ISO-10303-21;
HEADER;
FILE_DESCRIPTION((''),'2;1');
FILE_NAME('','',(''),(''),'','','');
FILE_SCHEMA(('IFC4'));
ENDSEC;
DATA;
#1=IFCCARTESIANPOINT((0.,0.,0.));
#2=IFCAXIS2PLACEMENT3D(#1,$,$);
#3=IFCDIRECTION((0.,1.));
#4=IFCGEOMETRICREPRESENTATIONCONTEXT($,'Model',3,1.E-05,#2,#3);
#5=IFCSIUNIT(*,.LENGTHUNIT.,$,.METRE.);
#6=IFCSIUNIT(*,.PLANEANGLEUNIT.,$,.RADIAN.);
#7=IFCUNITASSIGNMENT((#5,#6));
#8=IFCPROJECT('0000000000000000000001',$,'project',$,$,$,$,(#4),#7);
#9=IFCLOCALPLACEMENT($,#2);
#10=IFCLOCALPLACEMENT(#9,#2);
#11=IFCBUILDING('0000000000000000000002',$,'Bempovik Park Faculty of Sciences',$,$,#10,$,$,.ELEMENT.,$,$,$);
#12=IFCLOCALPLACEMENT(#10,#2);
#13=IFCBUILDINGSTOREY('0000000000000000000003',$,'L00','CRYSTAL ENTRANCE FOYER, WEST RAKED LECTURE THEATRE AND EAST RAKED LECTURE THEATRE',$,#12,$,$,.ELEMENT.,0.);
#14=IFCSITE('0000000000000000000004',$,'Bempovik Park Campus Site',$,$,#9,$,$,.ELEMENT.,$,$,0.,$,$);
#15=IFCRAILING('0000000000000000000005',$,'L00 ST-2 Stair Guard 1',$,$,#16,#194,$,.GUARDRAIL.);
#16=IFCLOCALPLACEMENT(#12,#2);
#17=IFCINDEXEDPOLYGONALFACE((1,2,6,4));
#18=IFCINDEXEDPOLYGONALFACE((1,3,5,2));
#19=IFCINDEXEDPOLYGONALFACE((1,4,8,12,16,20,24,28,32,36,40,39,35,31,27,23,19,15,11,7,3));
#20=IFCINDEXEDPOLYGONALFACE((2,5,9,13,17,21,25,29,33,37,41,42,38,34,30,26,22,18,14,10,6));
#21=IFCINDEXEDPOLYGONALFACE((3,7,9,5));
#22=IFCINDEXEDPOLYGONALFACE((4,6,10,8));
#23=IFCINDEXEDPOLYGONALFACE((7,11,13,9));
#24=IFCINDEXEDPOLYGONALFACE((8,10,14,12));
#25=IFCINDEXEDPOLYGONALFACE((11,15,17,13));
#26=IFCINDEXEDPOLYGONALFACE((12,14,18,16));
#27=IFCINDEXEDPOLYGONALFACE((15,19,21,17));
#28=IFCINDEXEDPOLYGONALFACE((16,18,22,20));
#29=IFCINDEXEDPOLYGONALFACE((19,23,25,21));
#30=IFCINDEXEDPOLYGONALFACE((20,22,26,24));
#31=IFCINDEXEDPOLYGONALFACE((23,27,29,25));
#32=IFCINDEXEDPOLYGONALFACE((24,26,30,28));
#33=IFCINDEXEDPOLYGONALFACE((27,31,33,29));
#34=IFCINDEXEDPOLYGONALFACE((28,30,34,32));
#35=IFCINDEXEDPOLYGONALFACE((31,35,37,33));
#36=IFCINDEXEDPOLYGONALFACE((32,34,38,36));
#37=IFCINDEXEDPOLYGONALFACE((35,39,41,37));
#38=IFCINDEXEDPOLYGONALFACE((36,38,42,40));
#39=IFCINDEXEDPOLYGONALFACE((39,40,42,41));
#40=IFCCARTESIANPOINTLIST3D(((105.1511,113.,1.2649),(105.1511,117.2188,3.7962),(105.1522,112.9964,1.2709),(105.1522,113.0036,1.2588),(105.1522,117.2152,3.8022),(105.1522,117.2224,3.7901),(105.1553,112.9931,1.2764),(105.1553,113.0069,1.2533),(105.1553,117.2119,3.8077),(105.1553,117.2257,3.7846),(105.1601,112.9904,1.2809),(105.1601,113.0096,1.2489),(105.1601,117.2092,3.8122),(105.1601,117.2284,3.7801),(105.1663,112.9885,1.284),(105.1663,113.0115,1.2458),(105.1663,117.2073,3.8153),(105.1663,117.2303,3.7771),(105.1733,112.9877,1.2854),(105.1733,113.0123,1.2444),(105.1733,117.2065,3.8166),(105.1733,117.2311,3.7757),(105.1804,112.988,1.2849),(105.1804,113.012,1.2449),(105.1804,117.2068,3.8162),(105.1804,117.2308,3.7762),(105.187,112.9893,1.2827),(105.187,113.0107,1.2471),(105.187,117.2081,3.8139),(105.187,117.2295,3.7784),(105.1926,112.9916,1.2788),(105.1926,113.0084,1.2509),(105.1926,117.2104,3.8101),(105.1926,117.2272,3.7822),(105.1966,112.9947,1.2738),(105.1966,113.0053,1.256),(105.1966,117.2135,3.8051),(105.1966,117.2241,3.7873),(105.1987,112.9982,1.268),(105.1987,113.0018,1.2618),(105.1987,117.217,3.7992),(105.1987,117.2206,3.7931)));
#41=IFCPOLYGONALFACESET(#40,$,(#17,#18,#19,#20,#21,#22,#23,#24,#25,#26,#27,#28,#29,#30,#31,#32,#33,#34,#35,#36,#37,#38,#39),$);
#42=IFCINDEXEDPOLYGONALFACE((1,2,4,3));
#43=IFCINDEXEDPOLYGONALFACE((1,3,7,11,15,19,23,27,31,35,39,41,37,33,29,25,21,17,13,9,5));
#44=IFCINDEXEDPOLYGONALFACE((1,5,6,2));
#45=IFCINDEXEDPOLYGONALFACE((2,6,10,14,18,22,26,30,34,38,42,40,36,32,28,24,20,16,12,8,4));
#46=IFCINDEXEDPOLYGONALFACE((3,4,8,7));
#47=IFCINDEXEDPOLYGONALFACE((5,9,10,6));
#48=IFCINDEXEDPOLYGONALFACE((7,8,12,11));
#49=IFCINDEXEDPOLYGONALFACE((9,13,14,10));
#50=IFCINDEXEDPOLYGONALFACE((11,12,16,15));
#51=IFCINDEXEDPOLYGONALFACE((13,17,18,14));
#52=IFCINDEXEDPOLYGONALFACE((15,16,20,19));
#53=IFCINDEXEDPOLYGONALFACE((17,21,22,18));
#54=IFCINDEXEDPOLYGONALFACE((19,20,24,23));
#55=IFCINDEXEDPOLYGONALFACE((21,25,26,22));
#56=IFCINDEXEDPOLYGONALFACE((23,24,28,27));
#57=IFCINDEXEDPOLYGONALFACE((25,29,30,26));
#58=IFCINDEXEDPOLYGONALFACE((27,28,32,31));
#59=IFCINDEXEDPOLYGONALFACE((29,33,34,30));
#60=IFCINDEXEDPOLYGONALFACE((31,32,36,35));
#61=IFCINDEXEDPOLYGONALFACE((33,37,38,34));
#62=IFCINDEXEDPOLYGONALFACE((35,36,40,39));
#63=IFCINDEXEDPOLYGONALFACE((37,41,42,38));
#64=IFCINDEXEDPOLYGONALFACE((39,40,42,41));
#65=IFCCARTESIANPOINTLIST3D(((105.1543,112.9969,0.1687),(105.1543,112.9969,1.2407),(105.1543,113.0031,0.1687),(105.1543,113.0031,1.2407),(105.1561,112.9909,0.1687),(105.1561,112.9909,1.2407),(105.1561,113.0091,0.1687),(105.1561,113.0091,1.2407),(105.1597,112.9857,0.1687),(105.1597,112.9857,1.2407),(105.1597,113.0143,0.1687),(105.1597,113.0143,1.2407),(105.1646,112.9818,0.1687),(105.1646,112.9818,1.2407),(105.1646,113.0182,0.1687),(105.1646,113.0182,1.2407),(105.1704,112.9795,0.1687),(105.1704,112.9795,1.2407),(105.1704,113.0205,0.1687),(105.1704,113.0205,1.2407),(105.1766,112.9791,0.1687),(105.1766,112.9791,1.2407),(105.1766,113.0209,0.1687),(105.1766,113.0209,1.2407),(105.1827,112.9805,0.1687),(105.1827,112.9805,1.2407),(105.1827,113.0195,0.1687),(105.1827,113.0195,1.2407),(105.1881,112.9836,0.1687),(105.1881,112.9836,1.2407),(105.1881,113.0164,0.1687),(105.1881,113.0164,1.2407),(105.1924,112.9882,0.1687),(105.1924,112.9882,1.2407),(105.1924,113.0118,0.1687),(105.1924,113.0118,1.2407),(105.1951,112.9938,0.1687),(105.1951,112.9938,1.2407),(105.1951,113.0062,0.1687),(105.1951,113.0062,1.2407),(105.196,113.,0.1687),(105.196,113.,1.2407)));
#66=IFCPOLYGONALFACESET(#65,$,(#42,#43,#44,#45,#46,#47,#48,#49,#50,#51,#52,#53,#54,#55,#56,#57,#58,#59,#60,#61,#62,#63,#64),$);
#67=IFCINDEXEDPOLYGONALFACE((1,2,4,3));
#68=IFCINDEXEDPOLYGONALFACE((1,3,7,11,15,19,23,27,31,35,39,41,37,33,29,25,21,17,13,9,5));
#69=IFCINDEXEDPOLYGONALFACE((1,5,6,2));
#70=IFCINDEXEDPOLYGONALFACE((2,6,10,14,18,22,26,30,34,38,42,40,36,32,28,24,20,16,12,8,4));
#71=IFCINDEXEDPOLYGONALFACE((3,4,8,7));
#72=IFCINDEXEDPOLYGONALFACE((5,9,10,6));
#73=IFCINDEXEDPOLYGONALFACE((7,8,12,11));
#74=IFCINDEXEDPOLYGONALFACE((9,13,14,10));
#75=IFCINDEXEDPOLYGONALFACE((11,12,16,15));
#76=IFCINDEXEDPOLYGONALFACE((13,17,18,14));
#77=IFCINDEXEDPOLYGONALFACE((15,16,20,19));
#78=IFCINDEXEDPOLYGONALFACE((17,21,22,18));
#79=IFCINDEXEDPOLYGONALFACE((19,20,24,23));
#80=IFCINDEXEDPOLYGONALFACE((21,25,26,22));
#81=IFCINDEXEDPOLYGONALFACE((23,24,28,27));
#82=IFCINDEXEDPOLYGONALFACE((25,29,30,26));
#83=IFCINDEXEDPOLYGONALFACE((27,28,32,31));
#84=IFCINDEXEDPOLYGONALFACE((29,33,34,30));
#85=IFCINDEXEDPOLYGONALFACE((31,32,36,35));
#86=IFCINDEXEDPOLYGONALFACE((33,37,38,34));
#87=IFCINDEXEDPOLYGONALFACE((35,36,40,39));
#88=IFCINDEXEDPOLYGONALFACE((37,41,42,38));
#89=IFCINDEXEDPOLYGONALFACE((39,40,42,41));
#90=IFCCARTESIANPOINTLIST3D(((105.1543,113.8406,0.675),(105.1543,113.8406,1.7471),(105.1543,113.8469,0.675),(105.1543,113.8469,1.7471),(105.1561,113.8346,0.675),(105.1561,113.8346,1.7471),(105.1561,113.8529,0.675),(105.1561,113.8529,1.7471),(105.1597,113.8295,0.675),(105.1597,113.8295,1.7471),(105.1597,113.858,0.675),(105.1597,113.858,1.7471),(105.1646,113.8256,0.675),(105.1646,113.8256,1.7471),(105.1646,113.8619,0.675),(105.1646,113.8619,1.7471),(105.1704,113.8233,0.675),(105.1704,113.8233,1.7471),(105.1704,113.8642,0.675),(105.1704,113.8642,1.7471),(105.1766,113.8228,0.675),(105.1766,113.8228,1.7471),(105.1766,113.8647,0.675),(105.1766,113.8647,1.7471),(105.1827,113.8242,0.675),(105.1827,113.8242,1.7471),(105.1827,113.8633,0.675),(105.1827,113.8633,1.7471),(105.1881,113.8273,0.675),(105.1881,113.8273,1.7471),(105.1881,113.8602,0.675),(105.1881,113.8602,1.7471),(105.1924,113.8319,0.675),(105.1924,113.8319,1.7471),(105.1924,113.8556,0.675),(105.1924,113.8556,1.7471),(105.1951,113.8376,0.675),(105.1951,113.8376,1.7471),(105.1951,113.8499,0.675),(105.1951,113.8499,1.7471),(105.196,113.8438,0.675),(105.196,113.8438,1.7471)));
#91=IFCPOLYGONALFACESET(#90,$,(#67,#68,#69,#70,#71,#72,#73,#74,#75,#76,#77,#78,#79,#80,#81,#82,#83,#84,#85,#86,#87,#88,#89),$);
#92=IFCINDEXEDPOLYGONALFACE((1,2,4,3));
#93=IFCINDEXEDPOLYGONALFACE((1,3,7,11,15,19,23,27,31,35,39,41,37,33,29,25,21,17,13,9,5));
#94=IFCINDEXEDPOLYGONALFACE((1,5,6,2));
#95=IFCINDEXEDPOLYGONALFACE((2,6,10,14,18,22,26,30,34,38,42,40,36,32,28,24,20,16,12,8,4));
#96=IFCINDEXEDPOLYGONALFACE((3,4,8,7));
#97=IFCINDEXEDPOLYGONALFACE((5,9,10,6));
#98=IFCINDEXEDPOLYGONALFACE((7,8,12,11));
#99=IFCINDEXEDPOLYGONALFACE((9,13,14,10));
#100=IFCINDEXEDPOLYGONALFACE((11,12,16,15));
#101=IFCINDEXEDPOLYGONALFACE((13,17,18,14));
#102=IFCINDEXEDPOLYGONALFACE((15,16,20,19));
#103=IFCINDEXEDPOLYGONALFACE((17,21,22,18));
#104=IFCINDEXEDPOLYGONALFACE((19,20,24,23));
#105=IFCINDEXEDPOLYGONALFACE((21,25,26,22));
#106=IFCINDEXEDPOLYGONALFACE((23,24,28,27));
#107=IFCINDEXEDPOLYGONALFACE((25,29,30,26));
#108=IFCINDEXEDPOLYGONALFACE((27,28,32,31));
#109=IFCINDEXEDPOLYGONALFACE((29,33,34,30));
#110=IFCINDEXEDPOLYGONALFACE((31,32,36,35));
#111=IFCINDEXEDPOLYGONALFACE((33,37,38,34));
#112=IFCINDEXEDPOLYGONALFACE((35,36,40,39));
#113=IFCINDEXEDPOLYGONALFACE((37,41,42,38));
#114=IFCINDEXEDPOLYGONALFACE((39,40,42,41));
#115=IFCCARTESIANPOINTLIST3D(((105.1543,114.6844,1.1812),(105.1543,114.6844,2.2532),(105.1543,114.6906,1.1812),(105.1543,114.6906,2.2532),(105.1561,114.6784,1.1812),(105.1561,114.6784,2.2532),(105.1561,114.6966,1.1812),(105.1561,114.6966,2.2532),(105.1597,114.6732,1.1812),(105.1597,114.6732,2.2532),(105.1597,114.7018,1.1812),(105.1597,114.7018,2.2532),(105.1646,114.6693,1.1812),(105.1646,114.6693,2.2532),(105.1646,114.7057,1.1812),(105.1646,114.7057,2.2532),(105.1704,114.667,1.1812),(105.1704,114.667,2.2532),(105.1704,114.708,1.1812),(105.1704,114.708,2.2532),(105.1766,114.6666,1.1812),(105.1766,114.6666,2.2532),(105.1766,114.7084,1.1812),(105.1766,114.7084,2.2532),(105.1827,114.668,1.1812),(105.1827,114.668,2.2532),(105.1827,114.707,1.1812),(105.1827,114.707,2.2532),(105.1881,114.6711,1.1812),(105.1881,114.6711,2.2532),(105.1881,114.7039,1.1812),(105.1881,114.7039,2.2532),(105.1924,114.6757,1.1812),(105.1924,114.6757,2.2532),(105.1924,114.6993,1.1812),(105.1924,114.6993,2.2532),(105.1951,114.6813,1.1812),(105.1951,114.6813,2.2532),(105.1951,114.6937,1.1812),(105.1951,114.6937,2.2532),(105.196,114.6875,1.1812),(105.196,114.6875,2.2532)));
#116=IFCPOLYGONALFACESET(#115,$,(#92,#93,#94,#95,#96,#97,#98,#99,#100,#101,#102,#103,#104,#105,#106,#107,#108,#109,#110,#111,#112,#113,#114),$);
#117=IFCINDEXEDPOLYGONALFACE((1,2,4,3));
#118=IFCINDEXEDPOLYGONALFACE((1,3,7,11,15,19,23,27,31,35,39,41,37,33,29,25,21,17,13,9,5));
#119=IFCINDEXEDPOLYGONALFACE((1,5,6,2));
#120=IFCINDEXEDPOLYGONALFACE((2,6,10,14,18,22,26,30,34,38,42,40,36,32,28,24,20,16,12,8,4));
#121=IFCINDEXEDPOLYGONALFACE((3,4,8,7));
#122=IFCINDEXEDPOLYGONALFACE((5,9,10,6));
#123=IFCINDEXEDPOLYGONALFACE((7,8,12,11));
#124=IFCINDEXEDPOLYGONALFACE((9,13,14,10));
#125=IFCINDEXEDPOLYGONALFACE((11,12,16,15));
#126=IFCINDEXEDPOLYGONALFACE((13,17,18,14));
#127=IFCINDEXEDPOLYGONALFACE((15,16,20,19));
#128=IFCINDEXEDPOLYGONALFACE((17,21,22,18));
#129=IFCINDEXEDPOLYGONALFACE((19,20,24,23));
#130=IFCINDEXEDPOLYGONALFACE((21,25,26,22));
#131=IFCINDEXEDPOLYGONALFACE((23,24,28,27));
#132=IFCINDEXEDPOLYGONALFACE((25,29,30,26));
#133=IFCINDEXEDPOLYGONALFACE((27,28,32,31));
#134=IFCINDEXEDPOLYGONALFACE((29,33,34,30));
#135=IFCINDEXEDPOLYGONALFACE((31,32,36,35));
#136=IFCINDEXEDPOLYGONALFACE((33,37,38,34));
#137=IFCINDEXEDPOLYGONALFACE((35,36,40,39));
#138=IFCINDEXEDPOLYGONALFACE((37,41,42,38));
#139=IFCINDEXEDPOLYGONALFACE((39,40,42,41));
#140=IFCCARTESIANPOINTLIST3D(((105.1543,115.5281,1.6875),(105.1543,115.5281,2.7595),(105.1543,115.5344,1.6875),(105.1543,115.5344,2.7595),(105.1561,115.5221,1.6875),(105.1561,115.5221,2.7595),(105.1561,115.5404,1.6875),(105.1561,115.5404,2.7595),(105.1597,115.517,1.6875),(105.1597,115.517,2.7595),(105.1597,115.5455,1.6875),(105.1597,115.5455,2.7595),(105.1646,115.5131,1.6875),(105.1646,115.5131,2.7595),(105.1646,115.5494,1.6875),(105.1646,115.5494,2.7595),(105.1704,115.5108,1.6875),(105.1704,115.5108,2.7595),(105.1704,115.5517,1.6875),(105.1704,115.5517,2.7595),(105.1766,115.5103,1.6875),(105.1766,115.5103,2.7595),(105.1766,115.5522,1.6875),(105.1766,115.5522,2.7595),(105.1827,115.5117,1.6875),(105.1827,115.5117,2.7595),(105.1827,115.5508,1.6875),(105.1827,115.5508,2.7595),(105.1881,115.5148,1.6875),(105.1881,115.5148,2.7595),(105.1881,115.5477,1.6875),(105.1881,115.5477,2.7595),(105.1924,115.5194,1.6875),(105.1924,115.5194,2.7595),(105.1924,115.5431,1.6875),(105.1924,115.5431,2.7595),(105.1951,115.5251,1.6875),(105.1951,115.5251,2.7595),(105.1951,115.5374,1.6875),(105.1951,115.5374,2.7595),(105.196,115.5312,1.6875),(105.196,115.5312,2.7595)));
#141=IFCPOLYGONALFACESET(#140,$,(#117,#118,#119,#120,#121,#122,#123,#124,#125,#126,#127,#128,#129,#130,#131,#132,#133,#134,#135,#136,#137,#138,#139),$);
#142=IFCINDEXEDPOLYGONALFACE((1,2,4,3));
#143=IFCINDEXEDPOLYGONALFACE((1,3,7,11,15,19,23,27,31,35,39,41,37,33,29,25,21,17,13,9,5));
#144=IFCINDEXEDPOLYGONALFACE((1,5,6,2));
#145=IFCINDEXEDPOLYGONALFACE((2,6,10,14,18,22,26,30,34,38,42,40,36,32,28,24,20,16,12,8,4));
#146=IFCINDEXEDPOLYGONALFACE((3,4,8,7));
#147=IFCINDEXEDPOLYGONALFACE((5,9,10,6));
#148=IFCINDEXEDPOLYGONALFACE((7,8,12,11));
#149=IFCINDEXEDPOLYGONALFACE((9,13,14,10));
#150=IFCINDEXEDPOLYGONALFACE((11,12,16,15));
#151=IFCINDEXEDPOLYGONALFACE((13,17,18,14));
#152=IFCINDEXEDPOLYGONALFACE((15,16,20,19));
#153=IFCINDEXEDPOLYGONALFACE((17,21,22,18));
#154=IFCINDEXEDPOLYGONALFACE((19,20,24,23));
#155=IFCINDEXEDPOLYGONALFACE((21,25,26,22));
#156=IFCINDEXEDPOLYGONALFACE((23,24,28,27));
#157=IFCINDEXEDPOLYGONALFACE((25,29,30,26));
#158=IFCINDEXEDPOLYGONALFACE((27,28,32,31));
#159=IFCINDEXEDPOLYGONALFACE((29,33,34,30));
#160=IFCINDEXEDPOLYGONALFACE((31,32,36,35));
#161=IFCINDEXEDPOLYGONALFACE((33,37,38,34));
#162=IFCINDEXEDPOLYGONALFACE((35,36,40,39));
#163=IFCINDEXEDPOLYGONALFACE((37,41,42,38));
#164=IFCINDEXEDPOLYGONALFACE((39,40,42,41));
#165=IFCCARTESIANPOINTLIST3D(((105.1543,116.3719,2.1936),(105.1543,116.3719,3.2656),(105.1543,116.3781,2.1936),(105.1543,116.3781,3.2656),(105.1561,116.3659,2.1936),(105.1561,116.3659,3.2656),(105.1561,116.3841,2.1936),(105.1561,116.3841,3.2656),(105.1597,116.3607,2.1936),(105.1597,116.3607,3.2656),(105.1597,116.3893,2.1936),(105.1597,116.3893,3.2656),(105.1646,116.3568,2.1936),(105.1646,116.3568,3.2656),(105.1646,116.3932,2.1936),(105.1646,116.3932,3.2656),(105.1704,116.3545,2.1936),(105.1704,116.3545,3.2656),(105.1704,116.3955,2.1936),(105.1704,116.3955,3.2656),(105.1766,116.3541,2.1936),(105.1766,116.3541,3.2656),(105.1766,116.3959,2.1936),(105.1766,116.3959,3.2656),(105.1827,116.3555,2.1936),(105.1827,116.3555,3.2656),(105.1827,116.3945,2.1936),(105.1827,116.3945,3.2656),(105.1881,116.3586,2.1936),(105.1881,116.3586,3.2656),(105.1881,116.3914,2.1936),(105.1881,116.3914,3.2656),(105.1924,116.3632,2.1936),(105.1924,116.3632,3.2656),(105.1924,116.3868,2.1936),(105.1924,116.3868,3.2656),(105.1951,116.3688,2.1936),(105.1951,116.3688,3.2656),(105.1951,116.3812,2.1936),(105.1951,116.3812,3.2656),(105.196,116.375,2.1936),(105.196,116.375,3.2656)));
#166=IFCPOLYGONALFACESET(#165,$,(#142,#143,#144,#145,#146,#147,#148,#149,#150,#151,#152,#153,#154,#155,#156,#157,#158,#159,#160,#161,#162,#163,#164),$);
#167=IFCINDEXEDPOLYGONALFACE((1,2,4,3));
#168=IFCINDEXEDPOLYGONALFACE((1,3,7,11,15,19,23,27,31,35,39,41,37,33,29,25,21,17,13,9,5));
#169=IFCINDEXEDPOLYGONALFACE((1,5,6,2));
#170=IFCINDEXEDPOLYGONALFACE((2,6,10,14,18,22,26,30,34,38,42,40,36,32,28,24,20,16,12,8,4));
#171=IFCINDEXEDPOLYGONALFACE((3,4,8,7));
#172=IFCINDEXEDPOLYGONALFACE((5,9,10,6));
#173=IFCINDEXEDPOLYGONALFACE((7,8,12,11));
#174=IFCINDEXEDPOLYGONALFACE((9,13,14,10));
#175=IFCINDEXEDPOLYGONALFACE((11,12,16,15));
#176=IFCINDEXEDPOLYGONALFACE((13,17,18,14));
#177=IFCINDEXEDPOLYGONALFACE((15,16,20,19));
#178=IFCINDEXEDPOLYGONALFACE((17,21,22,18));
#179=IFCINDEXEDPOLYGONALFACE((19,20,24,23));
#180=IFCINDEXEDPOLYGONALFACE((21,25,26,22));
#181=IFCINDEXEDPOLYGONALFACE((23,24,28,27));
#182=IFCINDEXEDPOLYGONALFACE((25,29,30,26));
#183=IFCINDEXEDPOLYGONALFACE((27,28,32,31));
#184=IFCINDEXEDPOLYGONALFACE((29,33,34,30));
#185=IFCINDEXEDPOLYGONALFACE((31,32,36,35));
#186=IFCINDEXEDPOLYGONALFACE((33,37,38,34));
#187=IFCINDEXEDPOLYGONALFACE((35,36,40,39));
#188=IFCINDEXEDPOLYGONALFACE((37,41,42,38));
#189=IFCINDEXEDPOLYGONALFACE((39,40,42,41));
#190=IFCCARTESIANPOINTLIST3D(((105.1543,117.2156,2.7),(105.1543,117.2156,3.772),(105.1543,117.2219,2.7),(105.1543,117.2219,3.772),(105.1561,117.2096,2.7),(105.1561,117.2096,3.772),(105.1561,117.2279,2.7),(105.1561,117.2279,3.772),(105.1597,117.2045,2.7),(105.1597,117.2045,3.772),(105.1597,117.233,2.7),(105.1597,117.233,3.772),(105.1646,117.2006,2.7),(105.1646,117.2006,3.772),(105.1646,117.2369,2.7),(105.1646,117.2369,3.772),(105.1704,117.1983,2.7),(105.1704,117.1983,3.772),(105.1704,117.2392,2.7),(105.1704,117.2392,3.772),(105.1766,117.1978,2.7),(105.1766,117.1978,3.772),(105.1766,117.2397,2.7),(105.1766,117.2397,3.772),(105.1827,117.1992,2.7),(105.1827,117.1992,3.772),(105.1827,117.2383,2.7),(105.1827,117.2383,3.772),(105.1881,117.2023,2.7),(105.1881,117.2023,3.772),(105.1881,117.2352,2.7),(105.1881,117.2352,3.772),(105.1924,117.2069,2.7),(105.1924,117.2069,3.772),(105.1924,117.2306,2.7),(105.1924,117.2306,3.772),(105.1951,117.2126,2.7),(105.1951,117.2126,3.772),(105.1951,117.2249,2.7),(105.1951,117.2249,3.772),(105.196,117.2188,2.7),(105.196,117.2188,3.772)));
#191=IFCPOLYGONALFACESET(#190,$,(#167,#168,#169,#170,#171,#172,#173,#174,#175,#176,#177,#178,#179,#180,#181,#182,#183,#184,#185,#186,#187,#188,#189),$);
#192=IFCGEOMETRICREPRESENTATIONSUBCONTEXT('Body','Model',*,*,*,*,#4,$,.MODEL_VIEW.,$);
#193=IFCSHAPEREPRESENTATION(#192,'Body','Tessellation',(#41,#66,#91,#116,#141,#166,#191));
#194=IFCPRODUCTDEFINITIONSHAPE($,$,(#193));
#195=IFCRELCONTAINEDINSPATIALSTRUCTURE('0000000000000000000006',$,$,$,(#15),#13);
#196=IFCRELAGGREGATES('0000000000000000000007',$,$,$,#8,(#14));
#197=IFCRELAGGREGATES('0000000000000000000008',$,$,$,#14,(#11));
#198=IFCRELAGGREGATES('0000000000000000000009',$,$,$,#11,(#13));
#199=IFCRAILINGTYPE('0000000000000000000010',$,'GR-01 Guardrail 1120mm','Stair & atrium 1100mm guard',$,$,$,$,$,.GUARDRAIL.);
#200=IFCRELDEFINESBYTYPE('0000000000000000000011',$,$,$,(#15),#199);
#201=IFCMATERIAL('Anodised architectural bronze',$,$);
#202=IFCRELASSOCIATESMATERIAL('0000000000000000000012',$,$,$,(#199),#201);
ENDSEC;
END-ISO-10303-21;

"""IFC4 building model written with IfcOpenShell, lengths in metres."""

from ifc_helpers import new_model, si_unit, direction, frame, origin, origin_2d, place, context, subcontext, project, spatial, circle, extrude, material, type_object, element, save


model = new_model("IFC4")

# Units and contexts
model_context = context("Model", 3, precision=1e-05, world=origin(), true_north=direction((0.0, 1.0)))
body_context = subcontext(model_context, "Body", "Model", "MODEL_VIEW")
ifc_project = project(units=[si_unit("LENGTHUNIT", "METRE"), si_unit("PLANEANGLEUNIT", "RADIAN")], contexts=[model_context])

# Site, building, storey
site_placement = place(None, origin())
site = spatial("IfcSite", under=ifc_project, at=site_placement, Name="Bempovik Park Campus Site", CompositionType="ELEMENT", RefElevation=0.0)
building_placement = place(site_placement, origin())
building = spatial("IfcBuilding", under=site, at=building_placement, Name="Bempovik Park Faculty of Sciences", CompositionType="ELEMENT")
storey_placement = place(building_placement, origin())
storey = spatial("IfcBuildingStorey", under=building, at=storey_placement, Name="L00", Description="CRYSTAL ENTRANCE FOYER, WEST RAKED LECTURE THEATRE AND EAST RAKED LECTURE THEATRE", CompositionType="ELEMENT", Elevation=0.0)

# Railing
ifc_material_1 = material(Name="Anodised architectural bronze")
railing_type_1 = type_object("IfcRailingType", Name="GR-01 Guardrail 1120mm", Description="Stair & atrium 1100mm guard", PredefinedType="GUARDRAIL", material=ifc_material_1)
railing_1_placement = place(storey_placement, frame((105.175, 113.0, 0.1687)))
element("IfcRailing", 1, at=railing_1_placement, inside=storey, type_object=railing_type_1, Name="L00 ST-2 Stair Guard 1", PredefinedType="GUARDRAIL", context=body_context, shape_type="SweptSolid", body=[
    extrude(circle(Radius=0.0239, at=origin_2d()), frame((0.0, 0.0, 1.0962), z_axis=(0.0, 0.857493, 0.514496), x_axis=(-1.0, 0.0, 0.0)), (0.0, 0.0, 1.0), 4.9199),
    extrude(circle(Radius=0.021, at=origin_2d()), origin(), (0.0, 0.0, 1.0), 1.072),
    extrude(circle(Radius=0.021, at=origin_2d()), frame((0.0, 0.8438, 0.5063)), (0.0, 0.0, 1.0), 1.072),
    extrude(circle(Radius=0.021, at=origin_2d()), frame((0.0, 1.6875, 1.0125)), (0.0, 0.0, 1.0), 1.072),
    extrude(circle(Radius=0.021, at=origin_2d()), frame((0.0, 2.5312, 1.5188)), (0.0, 0.0, 1.0), 1.072),
    extrude(circle(Radius=0.021, at=origin_2d()), frame((0.0, 3.375, 2.0249)), (0.0, 0.0, 1.0), 1.072),
    extrude(circle(Radius=0.021, at=origin_2d()), frame((0.0, 4.2188, 2.5312)), (0.0, 0.0, 1.0), 1.072),
])

save(model, "model.ifc")
